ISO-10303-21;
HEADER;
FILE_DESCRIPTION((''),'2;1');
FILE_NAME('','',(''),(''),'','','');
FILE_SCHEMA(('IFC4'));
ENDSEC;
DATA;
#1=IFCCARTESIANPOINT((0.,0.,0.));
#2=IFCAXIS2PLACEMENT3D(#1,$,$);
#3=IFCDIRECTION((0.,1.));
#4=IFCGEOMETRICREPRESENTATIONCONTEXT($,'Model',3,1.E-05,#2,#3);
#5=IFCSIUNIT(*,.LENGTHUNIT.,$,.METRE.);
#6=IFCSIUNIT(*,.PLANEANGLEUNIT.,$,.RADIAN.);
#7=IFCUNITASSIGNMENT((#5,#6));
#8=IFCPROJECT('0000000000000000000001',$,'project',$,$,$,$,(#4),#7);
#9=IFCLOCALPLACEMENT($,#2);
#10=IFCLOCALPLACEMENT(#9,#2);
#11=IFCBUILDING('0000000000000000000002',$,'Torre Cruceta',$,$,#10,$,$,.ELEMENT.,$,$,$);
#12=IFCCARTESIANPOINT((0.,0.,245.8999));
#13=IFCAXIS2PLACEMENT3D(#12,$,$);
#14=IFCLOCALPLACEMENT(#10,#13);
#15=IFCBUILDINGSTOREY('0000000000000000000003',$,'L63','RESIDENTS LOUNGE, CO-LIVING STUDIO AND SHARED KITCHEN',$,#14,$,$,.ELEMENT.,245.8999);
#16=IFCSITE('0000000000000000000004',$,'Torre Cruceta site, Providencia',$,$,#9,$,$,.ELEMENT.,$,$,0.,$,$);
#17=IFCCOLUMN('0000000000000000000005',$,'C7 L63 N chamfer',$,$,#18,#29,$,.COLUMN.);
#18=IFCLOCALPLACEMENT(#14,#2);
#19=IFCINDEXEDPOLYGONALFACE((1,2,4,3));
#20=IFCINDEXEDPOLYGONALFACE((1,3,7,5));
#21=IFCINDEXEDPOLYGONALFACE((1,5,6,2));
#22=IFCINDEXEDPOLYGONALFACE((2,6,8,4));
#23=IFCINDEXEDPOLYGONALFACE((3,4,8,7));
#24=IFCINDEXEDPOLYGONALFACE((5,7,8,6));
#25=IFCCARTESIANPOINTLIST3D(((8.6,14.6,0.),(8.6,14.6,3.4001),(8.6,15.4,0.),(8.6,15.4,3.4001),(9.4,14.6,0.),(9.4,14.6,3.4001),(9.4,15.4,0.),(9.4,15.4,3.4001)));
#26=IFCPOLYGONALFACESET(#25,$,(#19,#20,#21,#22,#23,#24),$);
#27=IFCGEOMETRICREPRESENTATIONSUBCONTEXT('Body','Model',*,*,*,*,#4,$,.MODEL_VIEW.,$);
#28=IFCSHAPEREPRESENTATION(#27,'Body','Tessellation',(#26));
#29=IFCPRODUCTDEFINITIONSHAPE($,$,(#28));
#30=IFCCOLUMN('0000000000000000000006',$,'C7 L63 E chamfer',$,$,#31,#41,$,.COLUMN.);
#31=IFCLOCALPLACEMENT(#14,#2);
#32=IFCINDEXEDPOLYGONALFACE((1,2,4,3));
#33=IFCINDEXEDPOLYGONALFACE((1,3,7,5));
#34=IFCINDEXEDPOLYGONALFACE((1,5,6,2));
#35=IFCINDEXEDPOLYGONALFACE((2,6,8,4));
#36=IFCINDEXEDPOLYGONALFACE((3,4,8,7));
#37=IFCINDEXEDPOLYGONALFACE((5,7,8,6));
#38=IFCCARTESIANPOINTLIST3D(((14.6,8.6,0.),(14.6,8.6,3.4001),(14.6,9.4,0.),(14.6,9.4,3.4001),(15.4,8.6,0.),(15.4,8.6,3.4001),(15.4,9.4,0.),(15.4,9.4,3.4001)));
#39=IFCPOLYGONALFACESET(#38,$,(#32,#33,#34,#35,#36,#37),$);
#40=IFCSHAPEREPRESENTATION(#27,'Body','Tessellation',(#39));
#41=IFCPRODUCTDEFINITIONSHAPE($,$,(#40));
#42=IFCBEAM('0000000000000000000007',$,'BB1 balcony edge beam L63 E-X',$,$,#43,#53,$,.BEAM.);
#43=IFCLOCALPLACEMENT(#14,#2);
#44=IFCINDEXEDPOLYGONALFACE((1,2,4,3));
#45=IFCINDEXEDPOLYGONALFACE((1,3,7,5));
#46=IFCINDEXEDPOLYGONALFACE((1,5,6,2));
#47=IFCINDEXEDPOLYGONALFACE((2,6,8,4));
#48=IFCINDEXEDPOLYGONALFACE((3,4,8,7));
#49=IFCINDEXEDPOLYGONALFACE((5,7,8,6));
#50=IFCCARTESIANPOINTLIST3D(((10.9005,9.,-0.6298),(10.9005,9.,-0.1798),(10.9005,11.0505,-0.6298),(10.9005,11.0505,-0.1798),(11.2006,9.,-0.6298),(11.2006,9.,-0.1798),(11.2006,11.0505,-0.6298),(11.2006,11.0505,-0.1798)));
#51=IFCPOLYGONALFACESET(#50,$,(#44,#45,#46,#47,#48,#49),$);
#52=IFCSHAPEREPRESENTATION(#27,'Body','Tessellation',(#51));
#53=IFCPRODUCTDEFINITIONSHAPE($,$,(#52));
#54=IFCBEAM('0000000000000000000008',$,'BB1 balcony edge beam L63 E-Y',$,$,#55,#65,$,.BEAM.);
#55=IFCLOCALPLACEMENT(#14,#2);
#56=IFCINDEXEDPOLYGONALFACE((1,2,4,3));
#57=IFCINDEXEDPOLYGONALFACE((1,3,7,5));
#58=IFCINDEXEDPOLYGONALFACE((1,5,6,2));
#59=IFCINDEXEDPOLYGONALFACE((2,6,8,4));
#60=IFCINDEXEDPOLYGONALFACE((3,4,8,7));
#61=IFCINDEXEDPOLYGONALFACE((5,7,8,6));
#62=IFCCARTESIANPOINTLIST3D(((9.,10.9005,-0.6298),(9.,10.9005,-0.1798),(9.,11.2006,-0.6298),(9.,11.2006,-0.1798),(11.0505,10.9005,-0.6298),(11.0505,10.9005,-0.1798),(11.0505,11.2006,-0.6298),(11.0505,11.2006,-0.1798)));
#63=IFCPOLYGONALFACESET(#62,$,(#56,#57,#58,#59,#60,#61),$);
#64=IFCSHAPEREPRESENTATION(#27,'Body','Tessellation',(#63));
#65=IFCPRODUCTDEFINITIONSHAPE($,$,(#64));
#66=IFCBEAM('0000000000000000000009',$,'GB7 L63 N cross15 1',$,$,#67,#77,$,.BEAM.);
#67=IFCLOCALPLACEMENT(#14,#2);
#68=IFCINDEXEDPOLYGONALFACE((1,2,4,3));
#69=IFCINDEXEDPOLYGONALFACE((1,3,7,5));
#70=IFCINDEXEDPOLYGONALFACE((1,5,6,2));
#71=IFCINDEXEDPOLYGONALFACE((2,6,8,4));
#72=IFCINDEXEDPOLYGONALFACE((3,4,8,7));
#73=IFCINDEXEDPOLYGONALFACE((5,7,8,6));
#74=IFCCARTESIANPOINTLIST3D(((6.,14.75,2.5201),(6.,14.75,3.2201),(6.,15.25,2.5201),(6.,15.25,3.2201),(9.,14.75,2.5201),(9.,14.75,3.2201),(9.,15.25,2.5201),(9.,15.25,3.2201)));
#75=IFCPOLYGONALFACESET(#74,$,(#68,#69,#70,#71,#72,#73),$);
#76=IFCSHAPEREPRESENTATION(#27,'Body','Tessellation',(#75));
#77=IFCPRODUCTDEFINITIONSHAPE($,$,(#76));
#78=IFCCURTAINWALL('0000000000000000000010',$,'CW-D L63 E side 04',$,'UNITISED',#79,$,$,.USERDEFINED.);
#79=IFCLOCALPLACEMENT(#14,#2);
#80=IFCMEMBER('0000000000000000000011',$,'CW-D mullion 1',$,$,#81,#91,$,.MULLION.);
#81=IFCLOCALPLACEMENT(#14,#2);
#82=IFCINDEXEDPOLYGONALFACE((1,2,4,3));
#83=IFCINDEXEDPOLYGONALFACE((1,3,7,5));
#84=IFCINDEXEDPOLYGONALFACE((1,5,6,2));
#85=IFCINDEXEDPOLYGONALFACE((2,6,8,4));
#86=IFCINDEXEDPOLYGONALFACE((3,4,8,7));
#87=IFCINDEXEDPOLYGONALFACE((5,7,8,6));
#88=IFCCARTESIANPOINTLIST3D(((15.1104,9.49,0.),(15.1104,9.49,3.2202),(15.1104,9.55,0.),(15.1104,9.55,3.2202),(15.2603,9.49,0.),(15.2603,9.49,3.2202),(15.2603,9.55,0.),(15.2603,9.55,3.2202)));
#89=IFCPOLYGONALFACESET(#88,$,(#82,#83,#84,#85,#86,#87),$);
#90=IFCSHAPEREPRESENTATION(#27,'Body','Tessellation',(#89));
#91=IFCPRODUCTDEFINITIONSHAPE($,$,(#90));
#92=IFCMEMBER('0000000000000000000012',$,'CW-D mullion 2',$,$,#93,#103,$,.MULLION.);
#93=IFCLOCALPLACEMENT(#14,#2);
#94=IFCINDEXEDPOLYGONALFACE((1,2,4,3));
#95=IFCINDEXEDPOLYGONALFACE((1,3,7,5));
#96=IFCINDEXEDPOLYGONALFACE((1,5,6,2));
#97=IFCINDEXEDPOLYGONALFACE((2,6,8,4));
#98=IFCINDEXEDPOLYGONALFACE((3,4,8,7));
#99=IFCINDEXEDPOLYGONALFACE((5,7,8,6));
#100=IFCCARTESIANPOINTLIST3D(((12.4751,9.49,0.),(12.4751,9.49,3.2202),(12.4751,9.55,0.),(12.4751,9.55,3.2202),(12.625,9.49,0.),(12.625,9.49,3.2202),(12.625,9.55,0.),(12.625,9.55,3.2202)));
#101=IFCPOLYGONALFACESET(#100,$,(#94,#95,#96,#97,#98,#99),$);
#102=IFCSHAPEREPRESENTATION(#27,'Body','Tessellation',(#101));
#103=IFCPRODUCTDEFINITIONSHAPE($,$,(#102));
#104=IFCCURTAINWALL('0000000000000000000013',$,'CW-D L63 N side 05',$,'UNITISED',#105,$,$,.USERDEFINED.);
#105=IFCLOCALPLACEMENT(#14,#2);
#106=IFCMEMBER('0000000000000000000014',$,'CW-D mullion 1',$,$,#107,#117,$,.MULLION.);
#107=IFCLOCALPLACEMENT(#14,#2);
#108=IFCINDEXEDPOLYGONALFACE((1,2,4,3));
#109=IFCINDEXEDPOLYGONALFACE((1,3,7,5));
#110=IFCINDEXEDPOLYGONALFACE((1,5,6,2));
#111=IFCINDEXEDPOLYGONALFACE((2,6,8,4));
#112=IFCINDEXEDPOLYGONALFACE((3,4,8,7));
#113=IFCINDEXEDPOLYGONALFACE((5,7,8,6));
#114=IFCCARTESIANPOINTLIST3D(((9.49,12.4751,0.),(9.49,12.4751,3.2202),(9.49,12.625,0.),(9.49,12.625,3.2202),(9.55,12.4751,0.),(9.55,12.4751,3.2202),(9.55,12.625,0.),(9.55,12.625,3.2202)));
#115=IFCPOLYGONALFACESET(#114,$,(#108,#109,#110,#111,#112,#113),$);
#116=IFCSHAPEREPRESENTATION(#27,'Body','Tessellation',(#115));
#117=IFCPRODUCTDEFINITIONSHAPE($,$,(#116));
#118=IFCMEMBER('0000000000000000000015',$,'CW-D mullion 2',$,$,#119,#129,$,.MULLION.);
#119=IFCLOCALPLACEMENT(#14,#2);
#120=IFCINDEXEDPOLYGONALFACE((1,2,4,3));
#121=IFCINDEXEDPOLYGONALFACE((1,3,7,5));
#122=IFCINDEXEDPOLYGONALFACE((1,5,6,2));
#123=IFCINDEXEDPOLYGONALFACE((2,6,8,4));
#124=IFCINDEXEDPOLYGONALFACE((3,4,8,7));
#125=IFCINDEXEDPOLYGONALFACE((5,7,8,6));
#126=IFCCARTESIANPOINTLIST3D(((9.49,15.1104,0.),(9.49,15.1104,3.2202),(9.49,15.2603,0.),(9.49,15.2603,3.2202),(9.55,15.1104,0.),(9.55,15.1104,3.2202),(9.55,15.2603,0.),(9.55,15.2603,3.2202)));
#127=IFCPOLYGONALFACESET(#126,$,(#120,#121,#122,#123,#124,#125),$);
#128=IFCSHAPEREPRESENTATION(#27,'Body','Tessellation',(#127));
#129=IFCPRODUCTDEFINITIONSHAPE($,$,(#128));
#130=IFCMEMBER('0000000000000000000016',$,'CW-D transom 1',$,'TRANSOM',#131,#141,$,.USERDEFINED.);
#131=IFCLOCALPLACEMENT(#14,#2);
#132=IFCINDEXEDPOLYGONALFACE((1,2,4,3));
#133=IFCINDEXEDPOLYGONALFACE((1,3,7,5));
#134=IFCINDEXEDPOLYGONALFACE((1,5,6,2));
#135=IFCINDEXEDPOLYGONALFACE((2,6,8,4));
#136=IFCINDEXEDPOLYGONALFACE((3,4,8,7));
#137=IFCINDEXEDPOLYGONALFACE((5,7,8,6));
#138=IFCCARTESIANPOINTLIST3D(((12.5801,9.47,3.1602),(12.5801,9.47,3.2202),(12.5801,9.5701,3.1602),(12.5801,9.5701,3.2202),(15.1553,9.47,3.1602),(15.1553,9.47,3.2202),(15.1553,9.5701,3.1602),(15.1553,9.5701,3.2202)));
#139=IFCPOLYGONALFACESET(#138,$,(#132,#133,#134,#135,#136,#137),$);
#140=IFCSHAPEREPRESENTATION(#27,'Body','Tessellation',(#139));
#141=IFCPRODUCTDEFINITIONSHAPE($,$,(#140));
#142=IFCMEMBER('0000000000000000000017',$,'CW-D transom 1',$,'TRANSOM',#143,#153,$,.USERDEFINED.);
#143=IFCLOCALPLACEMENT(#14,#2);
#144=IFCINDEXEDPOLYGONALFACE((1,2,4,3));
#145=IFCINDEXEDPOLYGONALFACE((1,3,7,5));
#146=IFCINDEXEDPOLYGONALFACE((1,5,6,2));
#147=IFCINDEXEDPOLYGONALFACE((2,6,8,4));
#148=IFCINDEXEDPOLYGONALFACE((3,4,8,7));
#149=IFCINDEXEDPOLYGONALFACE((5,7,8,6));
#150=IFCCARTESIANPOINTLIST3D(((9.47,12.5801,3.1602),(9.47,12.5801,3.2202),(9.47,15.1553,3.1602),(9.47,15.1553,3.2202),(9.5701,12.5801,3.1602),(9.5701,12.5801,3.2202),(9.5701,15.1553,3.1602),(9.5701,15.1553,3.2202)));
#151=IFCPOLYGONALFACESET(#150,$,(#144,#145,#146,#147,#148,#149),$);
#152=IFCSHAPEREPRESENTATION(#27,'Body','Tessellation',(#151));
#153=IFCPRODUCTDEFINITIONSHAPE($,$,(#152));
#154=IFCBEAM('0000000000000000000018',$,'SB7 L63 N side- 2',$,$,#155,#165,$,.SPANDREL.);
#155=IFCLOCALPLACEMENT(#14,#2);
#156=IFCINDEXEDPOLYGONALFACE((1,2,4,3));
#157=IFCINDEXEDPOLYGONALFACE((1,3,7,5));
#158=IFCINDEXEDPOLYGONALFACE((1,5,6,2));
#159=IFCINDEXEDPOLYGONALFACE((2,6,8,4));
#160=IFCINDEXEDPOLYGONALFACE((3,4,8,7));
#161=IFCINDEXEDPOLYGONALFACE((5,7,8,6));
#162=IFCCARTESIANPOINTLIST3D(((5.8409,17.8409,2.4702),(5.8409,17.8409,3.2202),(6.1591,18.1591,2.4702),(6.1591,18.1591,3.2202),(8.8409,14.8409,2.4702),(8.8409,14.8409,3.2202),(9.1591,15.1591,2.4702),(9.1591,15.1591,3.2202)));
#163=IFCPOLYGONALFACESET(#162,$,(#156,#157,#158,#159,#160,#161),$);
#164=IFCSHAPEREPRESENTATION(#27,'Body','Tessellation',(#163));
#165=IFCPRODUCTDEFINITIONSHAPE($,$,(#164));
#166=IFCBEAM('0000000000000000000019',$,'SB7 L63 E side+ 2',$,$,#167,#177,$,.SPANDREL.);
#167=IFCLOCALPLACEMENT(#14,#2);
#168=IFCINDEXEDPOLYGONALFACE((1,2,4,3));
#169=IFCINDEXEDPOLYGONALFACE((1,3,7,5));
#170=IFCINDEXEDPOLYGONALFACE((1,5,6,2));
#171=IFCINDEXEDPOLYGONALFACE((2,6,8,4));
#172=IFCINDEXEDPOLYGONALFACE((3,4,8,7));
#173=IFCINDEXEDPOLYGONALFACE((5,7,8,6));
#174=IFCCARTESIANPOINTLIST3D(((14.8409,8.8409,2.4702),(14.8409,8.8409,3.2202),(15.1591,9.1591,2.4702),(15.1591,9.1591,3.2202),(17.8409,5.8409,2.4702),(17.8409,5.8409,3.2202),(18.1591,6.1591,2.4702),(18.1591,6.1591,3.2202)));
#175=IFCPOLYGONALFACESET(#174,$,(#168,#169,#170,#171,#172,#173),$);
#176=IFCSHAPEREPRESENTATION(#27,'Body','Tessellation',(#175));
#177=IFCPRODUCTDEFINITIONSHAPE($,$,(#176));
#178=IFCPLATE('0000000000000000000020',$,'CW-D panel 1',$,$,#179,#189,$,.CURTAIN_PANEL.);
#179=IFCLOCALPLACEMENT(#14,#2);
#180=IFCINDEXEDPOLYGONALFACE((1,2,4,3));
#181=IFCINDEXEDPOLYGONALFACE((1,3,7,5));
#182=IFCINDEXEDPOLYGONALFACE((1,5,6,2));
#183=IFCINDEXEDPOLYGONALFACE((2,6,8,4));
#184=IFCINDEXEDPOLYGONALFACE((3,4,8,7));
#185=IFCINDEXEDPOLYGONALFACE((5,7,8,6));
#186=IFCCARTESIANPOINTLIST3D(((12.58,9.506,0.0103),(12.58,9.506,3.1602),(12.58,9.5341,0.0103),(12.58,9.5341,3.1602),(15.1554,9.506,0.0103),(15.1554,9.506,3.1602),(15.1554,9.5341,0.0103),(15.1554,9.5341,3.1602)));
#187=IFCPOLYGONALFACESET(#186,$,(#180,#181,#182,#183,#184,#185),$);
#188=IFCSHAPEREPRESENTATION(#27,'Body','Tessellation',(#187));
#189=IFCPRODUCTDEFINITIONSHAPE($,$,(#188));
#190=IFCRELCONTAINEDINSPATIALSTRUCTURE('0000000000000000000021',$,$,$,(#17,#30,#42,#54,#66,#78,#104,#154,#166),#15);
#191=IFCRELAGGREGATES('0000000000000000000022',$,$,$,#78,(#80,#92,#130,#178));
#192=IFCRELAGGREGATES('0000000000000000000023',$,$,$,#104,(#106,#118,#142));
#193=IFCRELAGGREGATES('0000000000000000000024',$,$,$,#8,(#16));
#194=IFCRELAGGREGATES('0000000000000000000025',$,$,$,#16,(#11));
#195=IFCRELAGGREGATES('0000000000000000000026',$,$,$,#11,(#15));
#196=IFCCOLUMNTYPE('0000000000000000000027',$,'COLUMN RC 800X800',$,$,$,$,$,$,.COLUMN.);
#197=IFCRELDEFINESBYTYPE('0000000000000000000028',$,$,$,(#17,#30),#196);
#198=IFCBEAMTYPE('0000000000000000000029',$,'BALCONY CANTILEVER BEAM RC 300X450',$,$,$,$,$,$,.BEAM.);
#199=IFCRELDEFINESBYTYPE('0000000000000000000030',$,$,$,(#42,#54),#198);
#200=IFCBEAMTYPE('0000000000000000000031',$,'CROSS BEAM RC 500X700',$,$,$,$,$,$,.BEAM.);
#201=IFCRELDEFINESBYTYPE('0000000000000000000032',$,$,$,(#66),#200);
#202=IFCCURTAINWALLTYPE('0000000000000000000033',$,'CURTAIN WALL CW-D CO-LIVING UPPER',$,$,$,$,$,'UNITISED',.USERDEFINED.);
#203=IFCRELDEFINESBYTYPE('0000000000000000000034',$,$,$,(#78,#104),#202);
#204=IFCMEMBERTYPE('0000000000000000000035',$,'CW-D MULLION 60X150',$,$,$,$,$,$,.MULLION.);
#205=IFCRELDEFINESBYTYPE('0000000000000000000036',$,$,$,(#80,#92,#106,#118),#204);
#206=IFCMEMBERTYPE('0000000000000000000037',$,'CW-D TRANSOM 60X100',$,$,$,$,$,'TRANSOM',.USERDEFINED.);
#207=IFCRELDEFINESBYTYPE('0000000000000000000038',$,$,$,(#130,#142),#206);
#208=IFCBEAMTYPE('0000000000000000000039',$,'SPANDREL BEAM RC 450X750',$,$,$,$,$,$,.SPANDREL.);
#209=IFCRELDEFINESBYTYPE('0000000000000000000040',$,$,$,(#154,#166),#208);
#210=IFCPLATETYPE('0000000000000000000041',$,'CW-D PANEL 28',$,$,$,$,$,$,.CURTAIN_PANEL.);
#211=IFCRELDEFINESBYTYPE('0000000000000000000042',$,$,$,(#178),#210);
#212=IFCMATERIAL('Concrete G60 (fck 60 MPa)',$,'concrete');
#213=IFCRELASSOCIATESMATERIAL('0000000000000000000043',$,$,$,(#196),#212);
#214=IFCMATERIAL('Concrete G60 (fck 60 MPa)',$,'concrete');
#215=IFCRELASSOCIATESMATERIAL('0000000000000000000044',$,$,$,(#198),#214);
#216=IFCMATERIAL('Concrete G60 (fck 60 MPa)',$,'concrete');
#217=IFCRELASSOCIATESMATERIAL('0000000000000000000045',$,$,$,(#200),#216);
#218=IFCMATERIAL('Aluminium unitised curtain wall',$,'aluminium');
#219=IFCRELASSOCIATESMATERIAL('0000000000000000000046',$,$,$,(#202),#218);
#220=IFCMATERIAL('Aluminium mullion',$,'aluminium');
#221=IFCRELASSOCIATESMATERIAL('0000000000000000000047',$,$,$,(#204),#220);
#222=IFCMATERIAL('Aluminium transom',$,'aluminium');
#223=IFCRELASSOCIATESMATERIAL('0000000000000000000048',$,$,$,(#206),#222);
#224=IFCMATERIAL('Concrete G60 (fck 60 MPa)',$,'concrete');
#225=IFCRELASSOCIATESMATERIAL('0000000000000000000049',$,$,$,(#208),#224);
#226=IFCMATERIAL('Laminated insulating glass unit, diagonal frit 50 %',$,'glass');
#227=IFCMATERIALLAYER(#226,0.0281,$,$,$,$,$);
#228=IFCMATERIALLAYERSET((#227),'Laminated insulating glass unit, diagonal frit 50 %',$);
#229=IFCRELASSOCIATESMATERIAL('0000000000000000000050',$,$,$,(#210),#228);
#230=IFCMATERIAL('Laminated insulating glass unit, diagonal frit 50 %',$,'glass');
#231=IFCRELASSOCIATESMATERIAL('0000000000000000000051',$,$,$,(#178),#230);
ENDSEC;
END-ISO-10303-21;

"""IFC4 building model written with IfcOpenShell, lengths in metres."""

from ifc_helpers import new_model, si_unit, direction, frame, origin, origin_2d, place, context, subcontext, project, spatial, rectangle, extrude, material, layer, layer_set, material_profile, profile_set, type_object, element, aggregate, save


model = new_model("IFC4")

# Units and contexts
model_context = context("Model", 3, precision=1e-05, world=origin(), true_north=direction((0.0, 1.0)))
body_context = subcontext(model_context, "Body", "Model", "MODEL_VIEW")
ifc_project = project(units=[si_unit("LENGTHUNIT", "METRE"), si_unit("PLANEANGLEUNIT", "RADIAN")], contexts=[model_context])

# Site, building, storey
site_placement = place(None, origin())
site = spatial("IfcSite", under=ifc_project, at=site_placement, Name="Torre Cruceta site, Providencia", CompositionType="ELEMENT", RefElevation=0.0)
building_placement = place(site_placement, origin())
building = spatial("IfcBuilding", under=site, at=building_placement, Name="Torre Cruceta", CompositionType="ELEMENT")
storey_placement = place(building_placement, frame((0.0, 0.0, 245.8999)))
storey = spatial("IfcBuildingStorey", under=building, at=storey_placement, Name="L63", Description="RESIDENTS LOUNGE, CO-LIVING STUDIO AND SHARED KITCHEN", CompositionType="ELEMENT", Elevation=245.8999)

# Columns
ifc_material_1 = material(Name="Concrete G60 (fck 60 MPa)", Category="concrete")
ifc_material_profile_1 = material_profile(ifc_material_1, rectangle(XDim=0.8, YDim=0.8, at=origin_2d()), Name="RC 800X800")
ifc_profile_set_1 = profile_set([ifc_material_profile_1], Name="Concrete G60 (fck 60 MPa)")
column_type = type_object("IfcColumnType", Name="COLUMN RC 800X800", PredefinedType="COLUMN", material=ifc_profile_set_1)
for number, where, z_axis, x_axis, name in (
    (1, (9.0, 15.0, 0.0), (0.0, 0.0, 1.0), (1.0, 0.0, 0.0), "C7 L63 N chamfer"),
    (2, (15.0, 9.0, 0.0), (0.0, 0.0, 1.0), (1.0, 0.0, 0.0), "C7 L63 E chamfer"),
):
    element("IfcColumn", number, at=place(storey_placement, frame(where, z_axis=z_axis, x_axis=x_axis)), inside=storey, type_object=column_type, Name=name, PredefinedType="COLUMN", context=body_context, shape_type="SweptSolid", body=[
        extrude(rectangle(XDim=0.8, YDim=0.8, at=origin_2d()), origin(), (0.0, 0.0, 1.0), 3.4001),
    ])

# Beams
ifc_material_2 = material(Name="Concrete G60 (fck 60 MPa)", Category="concrete")
ifc_material_profile_2 = material_profile(ifc_material_2, rectangle(XDim=0.3, YDim=0.45, at=origin_2d()), Name="RC 300X450")
ifc_profile_set_2 = profile_set([ifc_material_profile_2], Name="Concrete G60 (fck 60 MPa)")
beam_type_1 = type_object("IfcBeamType", Name="BALCONY CANTILEVER BEAM RC 300X450", PredefinedType="BEAM", material=ifc_profile_set_2)
for number, where, z_axis, x_axis, name in (
    (3, (11.0505, 9.0, -0.4048), (0.0, 1.0, 0.0), (-1.0, 0.0, 0.0), "BB1 balcony edge beam L63 E-X"),
    (4, (9.0, 11.0505, -0.4048), (1.0, 0.0, 0.0), (0.0, 1.0, 0.0), "BB1 balcony edge beam L63 E-Y"),
):
    element("IfcBeam", number, at=place(storey_placement, frame(where, z_axis=z_axis, x_axis=x_axis)), inside=storey, type_object=beam_type_1, Name=name, PredefinedType="BEAM", context=body_context, shape_type="SweptSolid", body=[
        extrude(rectangle(XDim=0.3, YDim=0.45, at=origin_2d()), origin(), (0.0, 0.0, 1.0), 2.0505),
    ])
ifc_material_3 = material(Name="Concrete G60 (fck 60 MPa)", Category="concrete")
ifc_material_profile_3 = material_profile(ifc_material_3, rectangle(XDim=0.5, YDim=0.7, at=origin_2d()), Name="RC 500X700")
ifc_profile_set_3 = profile_set([ifc_material_profile_3], Name="Concrete G60 (fck 60 MPa)")
beam_type_2 = type_object("IfcBeamType", Name="CROSS BEAM RC 500X700", PredefinedType="BEAM", material=ifc_profile_set_3)
beam_placement = place(storey_placement, frame((9.0, 15.0, 2.8701), z_axis=(-1.0, 0.0, 0.0), x_axis=(0.0, -1.0, 0.0)))
element("IfcBeam", 5, at=beam_placement, inside=storey, type_object=beam_type_2, Name="GB7 L63 N cross15 1", PredefinedType="BEAM", context=body_context, shape_type="SweptSolid", body=[
    extrude(rectangle(XDim=0.5, YDim=0.7, at=origin_2d()), origin(), (0.0, 0.0, 1.0), 3.0),
])

# Curtain walls, members
ifc_material_4 = material(Name="Aluminium unitised curtain wall", Category="aluminium")
curtain_wall_type = type_object("IfcCurtainWallType", Name="CURTAIN WALL CW-D CO-LIVING UPPER", ElementType="UNITISED", PredefinedType="USERDEFINED", material=ifc_material_4)
curtain_wall_1_placement = place(storey_placement, origin())
curtain_wall_1 = element("IfcCurtainWall", 6, at=curtain_wall_1_placement, inside=storey, type_object=curtain_wall_type, Name="CW-D L63 E side 04", ObjectType="UNITISED", PredefinedType="USERDEFINED")
ifc_material_5 = material(Name="Aluminium mullion", Category="aluminium")
ifc_material_profile_4 = material_profile(ifc_material_5, rectangle(XDim=0.0601, YDim=0.1499, at=origin_2d()), Name="AL 60X150")
ifc_profile_set_4 = profile_set([ifc_material_profile_4], Name="Aluminium mullion")
member_type_1 = type_object("IfcMemberType", Name="CW-D MULLION 60X150", PredefinedType="MULLION", material=ifc_profile_set_4)
member_1_placement = place(storey_placement, frame((15.1853, 9.52, 0.0), z_axis=(0.0, 0.0, 1.0), x_axis=(0.0, -1.0, 0.0)))
member_1 = element("IfcMember", 7, at=member_1_placement, type_object=member_type_1, Name="CW-D mullion 1", PredefinedType="MULLION", context=body_context, shape_type="SweptSolid", body=[
    extrude(rectangle(XDim=0.0601, YDim=0.1499, at=origin_2d()), origin(), (0.0, 0.0, 1.0), 3.2202),
])
member_2_placement = place(storey_placement, frame((12.55, 9.52, 0.0), z_axis=(0.0, 0.0, 1.0), x_axis=(0.0, -1.0, 0.0)))
member_2 = element("IfcMember", 8, at=member_2_placement, type_object=member_type_1, Name="CW-D mullion 2", PredefinedType="MULLION", context=body_context, shape_type="SweptSolid", body=[
    extrude(rectangle(XDim=0.0601, YDim=0.1499, at=origin_2d()), origin(), (0.0, 0.0, 1.0), 3.2202),
])
curtain_wall_2_placement = place(storey_placement, origin())
curtain_wall_2 = element("IfcCurtainWall", 9, at=curtain_wall_2_placement, inside=storey, type_object=curtain_wall_type, Name="CW-D L63 N side 05", ObjectType="UNITISED", PredefinedType="USERDEFINED")
member_3_placement = place(storey_placement, frame((9.52, 12.55, 0.0), z_axis=(0.0, 0.0, 1.0), x_axis=(-1.0, 0.0, 0.0)))
member_3 = element("IfcMember", 10, at=member_3_placement, type_object=member_type_1, Name="CW-D mullion 1", PredefinedType="MULLION", context=body_context, shape_type="SweptSolid", body=[
    extrude(rectangle(XDim=0.0601, YDim=0.1499, at=origin_2d()), origin(), (0.0, 0.0, 1.0), 3.2202),
])
member_4_placement = place(storey_placement, frame((9.52, 15.1853, 0.0), z_axis=(0.0, 0.0, 1.0), x_axis=(-1.0, 0.0, 0.0)))
member_4 = element("IfcMember", 11, at=member_4_placement, type_object=member_type_1, Name="CW-D mullion 2", PredefinedType="MULLION", context=body_context, shape_type="SweptSolid", body=[
    extrude(rectangle(XDim=0.0601, YDim=0.1499, at=origin_2d()), origin(), (0.0, 0.0, 1.0), 3.2202),
])

# Members
ifc_material_6 = material(Name="Aluminium transom", Category="aluminium")
ifc_material_profile_5 = material_profile(ifc_material_6, rectangle(XDim=0.1001, YDim=0.0601, at=origin_2d()), Name="AL 100X60")
ifc_profile_set_5 = profile_set([ifc_material_profile_5], Name="Aluminium transom")
member_type_2 = type_object("IfcMemberType", Name="CW-D TRANSOM 60X100", ElementType="TRANSOM", PredefinedType="USERDEFINED", material=ifc_profile_set_5)
member_5_placement = place(storey_placement, frame((15.1553, 9.52, 3.1902), z_axis=(-1.0, 0.0, 0.0), x_axis=(0.0, -1.0, 0.0)))
member_5 = element("IfcMember", 12, at=member_5_placement, type_object=member_type_2, Name="CW-D transom 1", ObjectType="TRANSOM", PredefinedType="USERDEFINED", context=body_context, shape_type="SweptSolid", body=[
    extrude(rectangle(XDim=0.1001, YDim=0.0601, at=origin_2d()), origin(), (0.0, 0.0, 1.0), 2.5752),
])
member_6_placement = place(storey_placement, frame((9.52, 12.5801, 3.1902), z_axis=(0.0, 1.0, 0.0), x_axis=(-1.0, 0.0, 0.0)))
member_6 = element("IfcMember", 13, at=member_6_placement, type_object=member_type_2, Name="CW-D transom 1", ObjectType="TRANSOM", PredefinedType="USERDEFINED", context=body_context, shape_type="SweptSolid", body=[
    extrude(rectangle(XDim=0.1001, YDim=0.0601, at=origin_2d()), origin(), (0.0, 0.0, 1.0), 2.5752),
])

# Beams
ifc_material_7 = material(Name="Concrete G60 (fck 60 MPa)", Category="concrete")
ifc_material_profile_6 = material_profile(ifc_material_7, rectangle(XDim=0.45, YDim=0.75, at=origin_2d()), Name="RC 450X750")
ifc_profile_set_6 = profile_set([ifc_material_profile_6], Name="Concrete G60 (fck 60 MPa)")
beam_type_3 = type_object("IfcBeamType", Name="SPANDREL BEAM RC 450X750", PredefinedType="SPANDREL", material=ifc_profile_set_6)
for number, where, z_axis, x_axis, name in (
    (14, (9.0, 15.0, 2.8452), (-0.707107, 0.707107, 0.0), (-0.707107, -0.707107, 0.0), "SB7 L63 N side- 2"),
    (15, (15.0, 9.0, 2.8452), (0.707107, -0.707107, 0.0), (0.707107, 0.707107, 0.0), "SB7 L63 E side+ 2"),
):
    element("IfcBeam", number, at=place(storey_placement, frame(where, z_axis=z_axis, x_axis=x_axis)), inside=storey, type_object=beam_type_3, Name=name, PredefinedType="SPANDREL", context=body_context, shape_type="SweptSolid", body=[
        extrude(rectangle(XDim=0.45, YDim=0.75, at=origin_2d()), origin(), (0.0, 0.0, 1.0), 4.2427),
    ])

# Plate
ifc_material_8 = material(Name="Laminated insulating glass unit, diagonal frit 50 %", Category="glass")
ifc_material_9 = material(Name="Laminated insulating glass unit, diagonal frit 50 %", Category="glass")
ifc_layer_1 = layer(ifc_material_9, 0.0281)
ifc_layer_set_1 = layer_set([ifc_layer_1], Name="Laminated insulating glass unit, diagonal frit 50 %")
plate_type = type_object("IfcPlateType", Name="CW-D PANEL 28", PredefinedType="CURTAIN_PANEL", material=ifc_layer_set_1)
plate_1_placement = place(storey_placement, frame((13.8677, 9.52, 0.0103), z_axis=(0.0, 0.0, 1.0), x_axis=(-1.0, 0.0, 0.0)))
plate_1 = element("IfcPlate", 16, at=plate_1_placement, type_object=plate_type, material=ifc_material_8, Name="CW-D panel 1", PredefinedType="CURTAIN_PANEL", context=body_context, shape_type="SweptSolid", body=[
    extrude(rectangle(XDim=2.5754, YDim=0.0281, at=origin_2d()), origin(), (0.0, 0.0, 1.0), 3.1499),
])
aggregate(curtain_wall_1, [member_1, member_2, member_5, plate_1])
aggregate(curtain_wall_2, [member_3, member_4, member_6])

save(model, "model.ifc")
